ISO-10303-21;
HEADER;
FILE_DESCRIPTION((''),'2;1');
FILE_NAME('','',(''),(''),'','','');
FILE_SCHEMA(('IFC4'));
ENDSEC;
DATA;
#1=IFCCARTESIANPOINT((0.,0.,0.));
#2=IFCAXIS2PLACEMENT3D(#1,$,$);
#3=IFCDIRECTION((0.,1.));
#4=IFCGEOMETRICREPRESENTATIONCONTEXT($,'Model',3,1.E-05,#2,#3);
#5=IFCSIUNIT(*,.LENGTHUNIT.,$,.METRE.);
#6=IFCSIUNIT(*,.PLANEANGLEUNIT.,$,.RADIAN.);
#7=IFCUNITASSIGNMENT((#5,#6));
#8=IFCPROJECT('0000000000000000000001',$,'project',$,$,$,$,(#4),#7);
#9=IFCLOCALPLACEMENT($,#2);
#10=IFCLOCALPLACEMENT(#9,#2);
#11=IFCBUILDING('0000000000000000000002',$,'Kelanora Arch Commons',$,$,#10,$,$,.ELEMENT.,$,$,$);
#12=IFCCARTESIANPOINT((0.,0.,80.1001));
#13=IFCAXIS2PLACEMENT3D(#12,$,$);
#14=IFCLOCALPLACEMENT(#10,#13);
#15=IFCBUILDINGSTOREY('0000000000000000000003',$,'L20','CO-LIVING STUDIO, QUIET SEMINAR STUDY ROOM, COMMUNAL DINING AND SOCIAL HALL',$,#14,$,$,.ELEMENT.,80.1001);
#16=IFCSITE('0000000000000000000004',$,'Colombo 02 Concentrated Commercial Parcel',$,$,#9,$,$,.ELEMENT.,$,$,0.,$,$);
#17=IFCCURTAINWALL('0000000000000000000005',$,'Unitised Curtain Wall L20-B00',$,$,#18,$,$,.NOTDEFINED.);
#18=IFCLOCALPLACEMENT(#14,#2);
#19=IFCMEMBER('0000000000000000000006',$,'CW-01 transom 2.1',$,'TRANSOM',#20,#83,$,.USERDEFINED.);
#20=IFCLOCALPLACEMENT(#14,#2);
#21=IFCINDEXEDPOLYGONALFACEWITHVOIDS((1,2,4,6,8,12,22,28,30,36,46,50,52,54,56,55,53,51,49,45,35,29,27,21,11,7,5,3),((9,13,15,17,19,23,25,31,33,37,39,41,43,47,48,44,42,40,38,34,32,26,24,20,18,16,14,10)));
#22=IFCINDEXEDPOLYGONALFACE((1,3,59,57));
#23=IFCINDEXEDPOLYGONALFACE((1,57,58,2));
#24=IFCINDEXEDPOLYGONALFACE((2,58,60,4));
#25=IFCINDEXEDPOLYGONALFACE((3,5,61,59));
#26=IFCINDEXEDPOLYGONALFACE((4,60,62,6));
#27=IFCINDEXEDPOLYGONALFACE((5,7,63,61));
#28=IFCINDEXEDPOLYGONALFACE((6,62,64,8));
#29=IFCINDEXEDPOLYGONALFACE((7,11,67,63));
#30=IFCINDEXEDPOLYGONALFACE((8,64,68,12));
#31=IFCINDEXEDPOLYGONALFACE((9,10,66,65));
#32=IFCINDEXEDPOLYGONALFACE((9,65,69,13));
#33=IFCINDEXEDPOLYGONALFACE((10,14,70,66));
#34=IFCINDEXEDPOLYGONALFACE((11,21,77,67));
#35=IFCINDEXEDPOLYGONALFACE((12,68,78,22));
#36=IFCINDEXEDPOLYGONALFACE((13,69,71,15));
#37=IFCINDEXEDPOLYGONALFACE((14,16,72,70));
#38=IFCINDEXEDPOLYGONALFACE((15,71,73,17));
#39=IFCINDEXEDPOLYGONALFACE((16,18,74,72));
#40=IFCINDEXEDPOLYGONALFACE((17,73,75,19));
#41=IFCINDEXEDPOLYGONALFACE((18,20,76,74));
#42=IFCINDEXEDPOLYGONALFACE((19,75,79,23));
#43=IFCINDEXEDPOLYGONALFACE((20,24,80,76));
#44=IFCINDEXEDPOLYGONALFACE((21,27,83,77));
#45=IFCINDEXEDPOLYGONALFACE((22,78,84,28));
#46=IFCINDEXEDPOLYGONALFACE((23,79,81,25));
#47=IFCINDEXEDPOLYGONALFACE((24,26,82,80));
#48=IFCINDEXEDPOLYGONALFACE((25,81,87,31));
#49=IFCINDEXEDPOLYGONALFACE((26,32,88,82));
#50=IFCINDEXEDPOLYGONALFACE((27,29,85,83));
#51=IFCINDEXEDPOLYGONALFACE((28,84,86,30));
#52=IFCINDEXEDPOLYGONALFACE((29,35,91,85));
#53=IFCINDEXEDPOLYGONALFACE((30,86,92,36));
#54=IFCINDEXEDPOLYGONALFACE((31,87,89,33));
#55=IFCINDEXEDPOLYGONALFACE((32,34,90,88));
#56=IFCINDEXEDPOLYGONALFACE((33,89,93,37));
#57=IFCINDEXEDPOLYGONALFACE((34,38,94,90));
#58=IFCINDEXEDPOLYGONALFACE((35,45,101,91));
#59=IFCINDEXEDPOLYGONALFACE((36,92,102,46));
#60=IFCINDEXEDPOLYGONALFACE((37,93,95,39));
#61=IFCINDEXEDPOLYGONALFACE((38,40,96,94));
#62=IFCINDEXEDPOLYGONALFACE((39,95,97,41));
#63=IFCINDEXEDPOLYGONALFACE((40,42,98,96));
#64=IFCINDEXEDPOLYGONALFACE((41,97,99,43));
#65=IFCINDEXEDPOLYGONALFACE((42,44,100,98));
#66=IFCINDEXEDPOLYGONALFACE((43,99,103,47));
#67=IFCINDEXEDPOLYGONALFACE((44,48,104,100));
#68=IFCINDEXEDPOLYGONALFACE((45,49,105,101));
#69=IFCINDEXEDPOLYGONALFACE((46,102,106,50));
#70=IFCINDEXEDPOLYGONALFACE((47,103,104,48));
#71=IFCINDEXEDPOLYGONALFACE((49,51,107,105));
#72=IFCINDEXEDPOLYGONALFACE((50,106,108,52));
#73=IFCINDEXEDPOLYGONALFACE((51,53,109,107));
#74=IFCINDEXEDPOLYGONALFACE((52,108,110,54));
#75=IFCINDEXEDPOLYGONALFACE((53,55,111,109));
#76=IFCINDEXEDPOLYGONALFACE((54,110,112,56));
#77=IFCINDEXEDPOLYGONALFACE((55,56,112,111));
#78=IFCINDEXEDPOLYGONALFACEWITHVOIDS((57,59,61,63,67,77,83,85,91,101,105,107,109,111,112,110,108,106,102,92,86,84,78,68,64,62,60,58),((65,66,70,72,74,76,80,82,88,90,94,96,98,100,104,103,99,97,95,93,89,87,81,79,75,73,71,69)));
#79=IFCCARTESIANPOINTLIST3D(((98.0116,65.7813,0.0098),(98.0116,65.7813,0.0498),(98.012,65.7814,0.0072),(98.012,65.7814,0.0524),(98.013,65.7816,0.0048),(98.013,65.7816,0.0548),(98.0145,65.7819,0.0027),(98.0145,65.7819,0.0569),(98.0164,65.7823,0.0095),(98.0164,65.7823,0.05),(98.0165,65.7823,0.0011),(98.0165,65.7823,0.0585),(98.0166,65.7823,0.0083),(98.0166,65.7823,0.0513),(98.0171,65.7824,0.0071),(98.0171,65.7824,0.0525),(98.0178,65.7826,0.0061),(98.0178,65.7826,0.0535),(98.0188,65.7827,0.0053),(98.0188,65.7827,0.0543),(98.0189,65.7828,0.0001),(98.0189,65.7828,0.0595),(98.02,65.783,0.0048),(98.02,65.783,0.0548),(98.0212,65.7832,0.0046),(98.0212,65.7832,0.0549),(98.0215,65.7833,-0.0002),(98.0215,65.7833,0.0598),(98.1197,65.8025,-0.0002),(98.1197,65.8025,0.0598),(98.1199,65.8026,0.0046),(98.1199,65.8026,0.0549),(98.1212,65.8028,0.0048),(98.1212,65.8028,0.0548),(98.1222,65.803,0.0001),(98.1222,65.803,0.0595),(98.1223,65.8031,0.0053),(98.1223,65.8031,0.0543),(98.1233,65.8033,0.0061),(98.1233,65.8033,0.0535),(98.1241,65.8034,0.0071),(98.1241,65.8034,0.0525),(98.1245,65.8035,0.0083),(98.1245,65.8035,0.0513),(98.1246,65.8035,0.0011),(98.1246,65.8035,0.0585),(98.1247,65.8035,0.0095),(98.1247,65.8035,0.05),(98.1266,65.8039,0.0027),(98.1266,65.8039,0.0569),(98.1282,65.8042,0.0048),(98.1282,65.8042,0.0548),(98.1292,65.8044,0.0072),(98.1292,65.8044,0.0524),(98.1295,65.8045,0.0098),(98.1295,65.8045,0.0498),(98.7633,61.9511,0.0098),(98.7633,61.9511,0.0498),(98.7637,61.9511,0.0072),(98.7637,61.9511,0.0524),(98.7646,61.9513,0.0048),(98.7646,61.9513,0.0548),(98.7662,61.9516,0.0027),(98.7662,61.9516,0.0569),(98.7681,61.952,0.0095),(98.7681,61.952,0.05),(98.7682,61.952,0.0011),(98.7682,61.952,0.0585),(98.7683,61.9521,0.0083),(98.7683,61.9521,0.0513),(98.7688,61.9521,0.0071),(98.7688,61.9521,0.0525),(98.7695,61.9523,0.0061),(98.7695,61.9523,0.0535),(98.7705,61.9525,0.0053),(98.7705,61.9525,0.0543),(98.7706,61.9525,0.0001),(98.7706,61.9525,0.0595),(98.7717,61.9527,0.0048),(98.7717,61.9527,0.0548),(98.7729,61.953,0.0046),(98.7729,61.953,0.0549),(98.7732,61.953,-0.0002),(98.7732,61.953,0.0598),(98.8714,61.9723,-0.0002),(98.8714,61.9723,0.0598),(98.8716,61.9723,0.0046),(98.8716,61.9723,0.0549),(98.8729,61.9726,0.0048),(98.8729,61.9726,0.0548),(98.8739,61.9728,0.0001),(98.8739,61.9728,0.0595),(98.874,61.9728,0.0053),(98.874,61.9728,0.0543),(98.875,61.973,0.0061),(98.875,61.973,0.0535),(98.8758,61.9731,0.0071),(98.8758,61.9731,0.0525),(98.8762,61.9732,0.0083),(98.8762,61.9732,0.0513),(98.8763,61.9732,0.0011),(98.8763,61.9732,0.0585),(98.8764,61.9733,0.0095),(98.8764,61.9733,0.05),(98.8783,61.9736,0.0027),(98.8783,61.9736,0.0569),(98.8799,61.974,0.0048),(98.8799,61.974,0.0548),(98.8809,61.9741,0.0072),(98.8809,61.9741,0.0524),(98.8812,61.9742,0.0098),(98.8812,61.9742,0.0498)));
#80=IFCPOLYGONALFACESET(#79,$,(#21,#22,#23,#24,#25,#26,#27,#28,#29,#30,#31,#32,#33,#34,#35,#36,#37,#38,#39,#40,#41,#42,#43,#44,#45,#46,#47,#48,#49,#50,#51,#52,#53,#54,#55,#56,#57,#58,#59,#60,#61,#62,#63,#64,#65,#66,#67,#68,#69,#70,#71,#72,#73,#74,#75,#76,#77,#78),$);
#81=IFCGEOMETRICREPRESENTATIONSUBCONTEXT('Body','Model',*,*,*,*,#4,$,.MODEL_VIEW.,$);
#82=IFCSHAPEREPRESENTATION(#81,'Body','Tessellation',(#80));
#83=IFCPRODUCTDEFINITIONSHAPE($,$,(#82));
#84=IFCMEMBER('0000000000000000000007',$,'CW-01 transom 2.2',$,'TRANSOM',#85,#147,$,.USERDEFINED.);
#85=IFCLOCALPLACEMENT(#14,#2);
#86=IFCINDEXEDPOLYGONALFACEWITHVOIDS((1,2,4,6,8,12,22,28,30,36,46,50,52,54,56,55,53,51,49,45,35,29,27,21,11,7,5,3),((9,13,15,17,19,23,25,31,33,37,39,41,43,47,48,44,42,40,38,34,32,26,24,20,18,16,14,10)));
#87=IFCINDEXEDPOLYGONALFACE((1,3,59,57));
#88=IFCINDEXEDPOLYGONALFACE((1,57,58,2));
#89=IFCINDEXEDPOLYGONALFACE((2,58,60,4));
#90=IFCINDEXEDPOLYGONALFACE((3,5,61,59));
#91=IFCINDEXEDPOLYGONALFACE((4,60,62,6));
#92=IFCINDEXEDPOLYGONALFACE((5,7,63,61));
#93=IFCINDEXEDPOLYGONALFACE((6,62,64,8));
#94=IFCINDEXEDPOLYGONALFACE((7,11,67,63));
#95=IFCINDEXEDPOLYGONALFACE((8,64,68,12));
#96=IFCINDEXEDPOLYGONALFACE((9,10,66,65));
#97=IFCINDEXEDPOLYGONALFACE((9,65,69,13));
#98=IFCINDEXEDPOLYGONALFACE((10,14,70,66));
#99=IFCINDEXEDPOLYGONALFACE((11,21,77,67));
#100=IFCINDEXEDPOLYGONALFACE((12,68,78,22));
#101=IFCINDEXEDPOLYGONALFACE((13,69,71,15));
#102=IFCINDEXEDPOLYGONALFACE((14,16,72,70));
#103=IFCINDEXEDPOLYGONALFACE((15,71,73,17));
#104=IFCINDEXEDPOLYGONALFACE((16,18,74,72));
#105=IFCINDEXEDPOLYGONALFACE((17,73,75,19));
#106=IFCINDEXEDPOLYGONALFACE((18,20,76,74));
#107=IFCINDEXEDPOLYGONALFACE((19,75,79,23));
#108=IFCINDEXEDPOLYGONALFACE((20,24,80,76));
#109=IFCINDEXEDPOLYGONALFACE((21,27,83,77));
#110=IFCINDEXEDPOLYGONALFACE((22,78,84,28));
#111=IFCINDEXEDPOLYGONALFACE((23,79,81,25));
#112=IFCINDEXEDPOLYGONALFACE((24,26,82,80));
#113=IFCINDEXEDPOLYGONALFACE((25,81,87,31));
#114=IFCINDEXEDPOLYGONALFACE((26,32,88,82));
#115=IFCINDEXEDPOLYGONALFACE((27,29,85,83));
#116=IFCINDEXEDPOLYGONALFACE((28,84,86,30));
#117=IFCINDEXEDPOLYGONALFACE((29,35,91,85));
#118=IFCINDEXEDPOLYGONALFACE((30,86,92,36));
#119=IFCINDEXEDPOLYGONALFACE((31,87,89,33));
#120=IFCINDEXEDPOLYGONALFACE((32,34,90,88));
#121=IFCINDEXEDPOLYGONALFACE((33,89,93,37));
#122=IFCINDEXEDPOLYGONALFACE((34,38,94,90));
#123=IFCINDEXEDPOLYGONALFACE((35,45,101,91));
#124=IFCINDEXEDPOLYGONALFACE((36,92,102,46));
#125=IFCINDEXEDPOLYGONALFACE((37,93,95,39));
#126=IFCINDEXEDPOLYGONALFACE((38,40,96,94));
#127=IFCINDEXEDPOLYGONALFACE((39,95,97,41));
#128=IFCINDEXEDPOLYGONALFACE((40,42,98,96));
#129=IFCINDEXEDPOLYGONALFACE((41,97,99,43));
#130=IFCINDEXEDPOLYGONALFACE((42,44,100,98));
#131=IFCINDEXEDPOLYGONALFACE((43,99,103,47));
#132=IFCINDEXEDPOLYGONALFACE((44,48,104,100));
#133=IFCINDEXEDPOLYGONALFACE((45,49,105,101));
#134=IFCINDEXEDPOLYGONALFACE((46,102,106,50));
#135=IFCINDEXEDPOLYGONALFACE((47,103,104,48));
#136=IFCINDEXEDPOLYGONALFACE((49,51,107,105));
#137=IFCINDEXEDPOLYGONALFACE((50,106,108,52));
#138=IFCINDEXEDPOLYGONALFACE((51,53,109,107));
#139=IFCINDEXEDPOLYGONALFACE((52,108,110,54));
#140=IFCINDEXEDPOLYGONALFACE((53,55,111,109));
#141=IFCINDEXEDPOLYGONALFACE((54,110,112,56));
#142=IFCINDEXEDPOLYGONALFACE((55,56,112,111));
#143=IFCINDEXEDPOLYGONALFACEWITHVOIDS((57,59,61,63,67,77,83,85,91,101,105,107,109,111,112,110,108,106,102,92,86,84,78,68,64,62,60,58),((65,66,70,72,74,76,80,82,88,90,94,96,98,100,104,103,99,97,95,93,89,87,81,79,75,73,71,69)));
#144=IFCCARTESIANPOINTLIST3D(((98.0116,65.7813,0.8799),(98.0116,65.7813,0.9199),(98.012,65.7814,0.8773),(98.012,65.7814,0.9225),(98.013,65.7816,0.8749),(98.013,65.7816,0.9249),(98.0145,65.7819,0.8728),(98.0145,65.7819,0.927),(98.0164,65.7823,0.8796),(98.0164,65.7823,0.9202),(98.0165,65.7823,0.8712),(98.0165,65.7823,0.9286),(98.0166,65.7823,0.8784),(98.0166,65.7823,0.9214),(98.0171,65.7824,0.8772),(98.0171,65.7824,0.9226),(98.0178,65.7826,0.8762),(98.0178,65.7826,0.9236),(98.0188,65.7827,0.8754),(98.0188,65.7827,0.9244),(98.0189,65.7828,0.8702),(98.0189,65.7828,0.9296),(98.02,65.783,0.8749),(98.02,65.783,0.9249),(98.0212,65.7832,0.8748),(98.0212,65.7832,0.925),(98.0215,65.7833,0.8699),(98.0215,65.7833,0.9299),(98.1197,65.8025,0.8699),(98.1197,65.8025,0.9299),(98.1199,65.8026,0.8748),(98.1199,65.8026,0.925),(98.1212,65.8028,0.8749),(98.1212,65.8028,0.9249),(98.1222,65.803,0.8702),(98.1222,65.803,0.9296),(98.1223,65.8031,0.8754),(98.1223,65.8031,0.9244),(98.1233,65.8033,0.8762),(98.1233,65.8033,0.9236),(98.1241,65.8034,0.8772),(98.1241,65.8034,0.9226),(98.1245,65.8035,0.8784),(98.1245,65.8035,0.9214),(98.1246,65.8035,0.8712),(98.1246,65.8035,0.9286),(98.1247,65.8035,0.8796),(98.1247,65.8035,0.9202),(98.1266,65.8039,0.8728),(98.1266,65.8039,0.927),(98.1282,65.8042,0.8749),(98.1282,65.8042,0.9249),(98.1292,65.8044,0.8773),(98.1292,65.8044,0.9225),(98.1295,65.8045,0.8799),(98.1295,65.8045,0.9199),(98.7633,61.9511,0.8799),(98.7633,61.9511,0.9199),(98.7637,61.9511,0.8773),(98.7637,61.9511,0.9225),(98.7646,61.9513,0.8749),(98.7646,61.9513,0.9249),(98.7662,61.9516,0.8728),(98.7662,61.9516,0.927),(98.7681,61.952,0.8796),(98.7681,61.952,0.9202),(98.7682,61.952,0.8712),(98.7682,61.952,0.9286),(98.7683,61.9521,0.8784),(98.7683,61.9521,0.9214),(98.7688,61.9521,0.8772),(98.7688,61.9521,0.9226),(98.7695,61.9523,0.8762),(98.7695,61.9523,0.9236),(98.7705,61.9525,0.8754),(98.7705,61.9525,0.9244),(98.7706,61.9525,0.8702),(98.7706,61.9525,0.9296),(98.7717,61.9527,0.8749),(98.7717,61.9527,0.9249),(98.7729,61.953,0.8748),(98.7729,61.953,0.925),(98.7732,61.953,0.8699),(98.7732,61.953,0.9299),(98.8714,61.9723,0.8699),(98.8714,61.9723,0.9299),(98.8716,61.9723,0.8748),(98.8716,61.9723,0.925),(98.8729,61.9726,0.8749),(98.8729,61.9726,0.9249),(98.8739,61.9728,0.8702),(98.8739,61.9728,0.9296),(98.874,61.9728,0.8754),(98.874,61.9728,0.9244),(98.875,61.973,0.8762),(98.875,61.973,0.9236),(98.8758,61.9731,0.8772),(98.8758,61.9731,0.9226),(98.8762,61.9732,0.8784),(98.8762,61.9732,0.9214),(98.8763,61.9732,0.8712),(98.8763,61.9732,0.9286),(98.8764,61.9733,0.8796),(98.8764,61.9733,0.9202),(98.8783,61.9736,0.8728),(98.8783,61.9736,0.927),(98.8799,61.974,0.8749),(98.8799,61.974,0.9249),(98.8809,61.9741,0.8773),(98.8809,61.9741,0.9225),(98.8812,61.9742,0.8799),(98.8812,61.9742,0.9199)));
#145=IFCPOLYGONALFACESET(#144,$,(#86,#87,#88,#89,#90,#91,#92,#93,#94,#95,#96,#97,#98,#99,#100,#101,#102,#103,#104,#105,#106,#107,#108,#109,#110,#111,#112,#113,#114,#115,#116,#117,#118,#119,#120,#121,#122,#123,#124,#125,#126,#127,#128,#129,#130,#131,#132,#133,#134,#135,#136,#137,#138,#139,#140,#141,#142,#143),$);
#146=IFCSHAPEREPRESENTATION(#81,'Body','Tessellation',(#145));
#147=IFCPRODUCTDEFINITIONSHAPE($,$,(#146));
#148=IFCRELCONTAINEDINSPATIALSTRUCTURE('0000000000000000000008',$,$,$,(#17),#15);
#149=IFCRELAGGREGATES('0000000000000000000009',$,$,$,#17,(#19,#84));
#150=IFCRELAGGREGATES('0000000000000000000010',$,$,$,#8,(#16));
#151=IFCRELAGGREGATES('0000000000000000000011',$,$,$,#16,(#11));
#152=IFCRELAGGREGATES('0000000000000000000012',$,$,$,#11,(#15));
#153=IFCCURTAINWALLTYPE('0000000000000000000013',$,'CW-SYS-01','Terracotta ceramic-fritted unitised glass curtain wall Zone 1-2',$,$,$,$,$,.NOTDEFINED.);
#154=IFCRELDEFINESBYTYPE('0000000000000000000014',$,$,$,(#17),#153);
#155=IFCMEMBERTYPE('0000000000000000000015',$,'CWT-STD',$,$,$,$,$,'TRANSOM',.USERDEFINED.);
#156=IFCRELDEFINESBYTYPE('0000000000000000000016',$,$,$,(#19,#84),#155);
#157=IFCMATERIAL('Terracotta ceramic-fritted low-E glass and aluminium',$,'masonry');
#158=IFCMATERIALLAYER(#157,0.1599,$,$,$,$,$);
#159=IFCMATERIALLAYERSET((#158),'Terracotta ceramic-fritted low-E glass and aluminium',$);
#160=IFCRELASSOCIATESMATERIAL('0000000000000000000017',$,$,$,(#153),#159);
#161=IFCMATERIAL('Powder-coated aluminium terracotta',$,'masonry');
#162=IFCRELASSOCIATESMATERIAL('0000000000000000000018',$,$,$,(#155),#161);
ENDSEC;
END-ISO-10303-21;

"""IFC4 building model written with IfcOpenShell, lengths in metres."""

from ifc_helpers import new_model, si_unit, direction, frame, origin, origin_2d, place, context, subcontext, project, spatial, hollow_rectangle, extrude, material, layer, layer_set, material_profile, profile_set, type_object, element, aggregate, save


model = new_model("IFC4")

# Units and contexts
model_context = context("Model", 3, precision=1e-05, world=origin(), true_north=direction((0.0, 1.0)))
body_context = subcontext(model_context, "Body", "Model", "MODEL_VIEW")
ifc_project = project(units=[si_unit("LENGTHUNIT", "METRE"), si_unit("PLANEANGLEUNIT", "RADIAN")], contexts=[model_context])

# Site, building, storey
site_placement = place(None, origin())
site = spatial("IfcSite", under=ifc_project, at=site_placement, Name="Colombo 02 Concentrated Commercial Parcel", CompositionType="ELEMENT", RefElevation=0.0)
building_placement = place(site_placement, origin())
building = spatial("IfcBuilding", under=site, at=building_placement, Name="Kelanora Arch Commons", CompositionType="ELEMENT")
storey_placement = place(building_placement, frame((0.0, 0.0, 80.1001)))
storey = spatial("IfcBuildingStorey", under=building, at=storey_placement, Name="L20", Description="CO-LIVING STUDIO, QUIET SEMINAR STUDY ROOM, COMMUNAL DINING AND SOCIAL HALL", CompositionType="ELEMENT", Elevation=80.1001)

# Curtain wall, members
ifc_material_1 = material(Name="Terracotta ceramic-fritted low-E glass and aluminium", Category="masonry")
ifc_layer_1 = layer(ifc_material_1, 0.1599)
ifc_layer_set_1 = layer_set([ifc_layer_1], Name="Terracotta ceramic-fritted low-E glass and aluminium")
curtain_wall_type = type_object("IfcCurtainWallType", Name="CW-SYS-01", Description="Terracotta ceramic-fritted unitised glass curtain wall Zone 1-2", PredefinedType="NOTDEFINED", material=ifc_layer_set_1)
curtain_wall_placement = place(storey_placement, origin())
curtain_wall = element("IfcCurtainWall", 1, at=curtain_wall_placement, inside=storey, type_object=curtain_wall_type, Name="Unitised Curtain Wall L20-B00", PredefinedType="NOTDEFINED")
ifc_material_2 = material(Name="Powder-coated aluminium terracotta", Category="masonry")
ifc_material_profile_1 = material_profile(ifc_material_2, hollow_rectangle(XDim=0.1201, YDim=0.0601, WallThickness=0.0049, InnerFilletRadius=0.0049, OuterFilletRadius=0.01, at=origin_2d()), Name="CWT120x60")
ifc_profile_set_1 = profile_set([ifc_material_profile_1], Name="Powder-coated aluminium terracotta")
member_type_1 = type_object("IfcMemberType", Name="CWT-STD", ElementType="TRANSOM", PredefinedType="USERDEFINED", material=ifc_profile_set_1)
member_1_placement = place(storey_placement, frame((98.8223, 61.9626, 0.0298), z_axis=(-0.192579, 0.981282, 0.0), x_axis=(-0.981282, -0.192579, 0.0)))
member_1 = element("IfcMember", 2, at=member_1_placement, type_object=member_type_1, Name="CW-01 transom 2.1", ObjectType="TRANSOM", PredefinedType="USERDEFINED", context=body_context, shape_type="SweptSolid", body=[
    extrude(hollow_rectangle(XDim=0.1201, YDim=0.0601, WallThickness=0.0049, InnerFilletRadius=0.0049, OuterFilletRadius=0.01, at=origin_2d()), origin(), (0.0, 0.0, 1.0), 3.9033),
])
member_2_placement = place(storey_placement, frame((98.8223, 61.9626, 0.8999), z_axis=(-0.192579, 0.981282, 0.0), x_axis=(-0.981282, -0.192579, 0.0)))
member_2 = element("IfcMember", 3, at=member_2_placement, type_object=member_type_1, Name="CW-01 transom 2.2", ObjectType="TRANSOM", PredefinedType="USERDEFINED", context=body_context, shape_type="SweptSolid", body=[
    extrude(hollow_rectangle(XDim=0.1201, YDim=0.0601, WallThickness=0.0049, InnerFilletRadius=0.0049, OuterFilletRadius=0.01, at=origin_2d()), origin(), (0.0, 0.0, 1.0), 3.9033),
])
aggregate(curtain_wall, [member_1, member_2])

save(model, "model.ifc")
